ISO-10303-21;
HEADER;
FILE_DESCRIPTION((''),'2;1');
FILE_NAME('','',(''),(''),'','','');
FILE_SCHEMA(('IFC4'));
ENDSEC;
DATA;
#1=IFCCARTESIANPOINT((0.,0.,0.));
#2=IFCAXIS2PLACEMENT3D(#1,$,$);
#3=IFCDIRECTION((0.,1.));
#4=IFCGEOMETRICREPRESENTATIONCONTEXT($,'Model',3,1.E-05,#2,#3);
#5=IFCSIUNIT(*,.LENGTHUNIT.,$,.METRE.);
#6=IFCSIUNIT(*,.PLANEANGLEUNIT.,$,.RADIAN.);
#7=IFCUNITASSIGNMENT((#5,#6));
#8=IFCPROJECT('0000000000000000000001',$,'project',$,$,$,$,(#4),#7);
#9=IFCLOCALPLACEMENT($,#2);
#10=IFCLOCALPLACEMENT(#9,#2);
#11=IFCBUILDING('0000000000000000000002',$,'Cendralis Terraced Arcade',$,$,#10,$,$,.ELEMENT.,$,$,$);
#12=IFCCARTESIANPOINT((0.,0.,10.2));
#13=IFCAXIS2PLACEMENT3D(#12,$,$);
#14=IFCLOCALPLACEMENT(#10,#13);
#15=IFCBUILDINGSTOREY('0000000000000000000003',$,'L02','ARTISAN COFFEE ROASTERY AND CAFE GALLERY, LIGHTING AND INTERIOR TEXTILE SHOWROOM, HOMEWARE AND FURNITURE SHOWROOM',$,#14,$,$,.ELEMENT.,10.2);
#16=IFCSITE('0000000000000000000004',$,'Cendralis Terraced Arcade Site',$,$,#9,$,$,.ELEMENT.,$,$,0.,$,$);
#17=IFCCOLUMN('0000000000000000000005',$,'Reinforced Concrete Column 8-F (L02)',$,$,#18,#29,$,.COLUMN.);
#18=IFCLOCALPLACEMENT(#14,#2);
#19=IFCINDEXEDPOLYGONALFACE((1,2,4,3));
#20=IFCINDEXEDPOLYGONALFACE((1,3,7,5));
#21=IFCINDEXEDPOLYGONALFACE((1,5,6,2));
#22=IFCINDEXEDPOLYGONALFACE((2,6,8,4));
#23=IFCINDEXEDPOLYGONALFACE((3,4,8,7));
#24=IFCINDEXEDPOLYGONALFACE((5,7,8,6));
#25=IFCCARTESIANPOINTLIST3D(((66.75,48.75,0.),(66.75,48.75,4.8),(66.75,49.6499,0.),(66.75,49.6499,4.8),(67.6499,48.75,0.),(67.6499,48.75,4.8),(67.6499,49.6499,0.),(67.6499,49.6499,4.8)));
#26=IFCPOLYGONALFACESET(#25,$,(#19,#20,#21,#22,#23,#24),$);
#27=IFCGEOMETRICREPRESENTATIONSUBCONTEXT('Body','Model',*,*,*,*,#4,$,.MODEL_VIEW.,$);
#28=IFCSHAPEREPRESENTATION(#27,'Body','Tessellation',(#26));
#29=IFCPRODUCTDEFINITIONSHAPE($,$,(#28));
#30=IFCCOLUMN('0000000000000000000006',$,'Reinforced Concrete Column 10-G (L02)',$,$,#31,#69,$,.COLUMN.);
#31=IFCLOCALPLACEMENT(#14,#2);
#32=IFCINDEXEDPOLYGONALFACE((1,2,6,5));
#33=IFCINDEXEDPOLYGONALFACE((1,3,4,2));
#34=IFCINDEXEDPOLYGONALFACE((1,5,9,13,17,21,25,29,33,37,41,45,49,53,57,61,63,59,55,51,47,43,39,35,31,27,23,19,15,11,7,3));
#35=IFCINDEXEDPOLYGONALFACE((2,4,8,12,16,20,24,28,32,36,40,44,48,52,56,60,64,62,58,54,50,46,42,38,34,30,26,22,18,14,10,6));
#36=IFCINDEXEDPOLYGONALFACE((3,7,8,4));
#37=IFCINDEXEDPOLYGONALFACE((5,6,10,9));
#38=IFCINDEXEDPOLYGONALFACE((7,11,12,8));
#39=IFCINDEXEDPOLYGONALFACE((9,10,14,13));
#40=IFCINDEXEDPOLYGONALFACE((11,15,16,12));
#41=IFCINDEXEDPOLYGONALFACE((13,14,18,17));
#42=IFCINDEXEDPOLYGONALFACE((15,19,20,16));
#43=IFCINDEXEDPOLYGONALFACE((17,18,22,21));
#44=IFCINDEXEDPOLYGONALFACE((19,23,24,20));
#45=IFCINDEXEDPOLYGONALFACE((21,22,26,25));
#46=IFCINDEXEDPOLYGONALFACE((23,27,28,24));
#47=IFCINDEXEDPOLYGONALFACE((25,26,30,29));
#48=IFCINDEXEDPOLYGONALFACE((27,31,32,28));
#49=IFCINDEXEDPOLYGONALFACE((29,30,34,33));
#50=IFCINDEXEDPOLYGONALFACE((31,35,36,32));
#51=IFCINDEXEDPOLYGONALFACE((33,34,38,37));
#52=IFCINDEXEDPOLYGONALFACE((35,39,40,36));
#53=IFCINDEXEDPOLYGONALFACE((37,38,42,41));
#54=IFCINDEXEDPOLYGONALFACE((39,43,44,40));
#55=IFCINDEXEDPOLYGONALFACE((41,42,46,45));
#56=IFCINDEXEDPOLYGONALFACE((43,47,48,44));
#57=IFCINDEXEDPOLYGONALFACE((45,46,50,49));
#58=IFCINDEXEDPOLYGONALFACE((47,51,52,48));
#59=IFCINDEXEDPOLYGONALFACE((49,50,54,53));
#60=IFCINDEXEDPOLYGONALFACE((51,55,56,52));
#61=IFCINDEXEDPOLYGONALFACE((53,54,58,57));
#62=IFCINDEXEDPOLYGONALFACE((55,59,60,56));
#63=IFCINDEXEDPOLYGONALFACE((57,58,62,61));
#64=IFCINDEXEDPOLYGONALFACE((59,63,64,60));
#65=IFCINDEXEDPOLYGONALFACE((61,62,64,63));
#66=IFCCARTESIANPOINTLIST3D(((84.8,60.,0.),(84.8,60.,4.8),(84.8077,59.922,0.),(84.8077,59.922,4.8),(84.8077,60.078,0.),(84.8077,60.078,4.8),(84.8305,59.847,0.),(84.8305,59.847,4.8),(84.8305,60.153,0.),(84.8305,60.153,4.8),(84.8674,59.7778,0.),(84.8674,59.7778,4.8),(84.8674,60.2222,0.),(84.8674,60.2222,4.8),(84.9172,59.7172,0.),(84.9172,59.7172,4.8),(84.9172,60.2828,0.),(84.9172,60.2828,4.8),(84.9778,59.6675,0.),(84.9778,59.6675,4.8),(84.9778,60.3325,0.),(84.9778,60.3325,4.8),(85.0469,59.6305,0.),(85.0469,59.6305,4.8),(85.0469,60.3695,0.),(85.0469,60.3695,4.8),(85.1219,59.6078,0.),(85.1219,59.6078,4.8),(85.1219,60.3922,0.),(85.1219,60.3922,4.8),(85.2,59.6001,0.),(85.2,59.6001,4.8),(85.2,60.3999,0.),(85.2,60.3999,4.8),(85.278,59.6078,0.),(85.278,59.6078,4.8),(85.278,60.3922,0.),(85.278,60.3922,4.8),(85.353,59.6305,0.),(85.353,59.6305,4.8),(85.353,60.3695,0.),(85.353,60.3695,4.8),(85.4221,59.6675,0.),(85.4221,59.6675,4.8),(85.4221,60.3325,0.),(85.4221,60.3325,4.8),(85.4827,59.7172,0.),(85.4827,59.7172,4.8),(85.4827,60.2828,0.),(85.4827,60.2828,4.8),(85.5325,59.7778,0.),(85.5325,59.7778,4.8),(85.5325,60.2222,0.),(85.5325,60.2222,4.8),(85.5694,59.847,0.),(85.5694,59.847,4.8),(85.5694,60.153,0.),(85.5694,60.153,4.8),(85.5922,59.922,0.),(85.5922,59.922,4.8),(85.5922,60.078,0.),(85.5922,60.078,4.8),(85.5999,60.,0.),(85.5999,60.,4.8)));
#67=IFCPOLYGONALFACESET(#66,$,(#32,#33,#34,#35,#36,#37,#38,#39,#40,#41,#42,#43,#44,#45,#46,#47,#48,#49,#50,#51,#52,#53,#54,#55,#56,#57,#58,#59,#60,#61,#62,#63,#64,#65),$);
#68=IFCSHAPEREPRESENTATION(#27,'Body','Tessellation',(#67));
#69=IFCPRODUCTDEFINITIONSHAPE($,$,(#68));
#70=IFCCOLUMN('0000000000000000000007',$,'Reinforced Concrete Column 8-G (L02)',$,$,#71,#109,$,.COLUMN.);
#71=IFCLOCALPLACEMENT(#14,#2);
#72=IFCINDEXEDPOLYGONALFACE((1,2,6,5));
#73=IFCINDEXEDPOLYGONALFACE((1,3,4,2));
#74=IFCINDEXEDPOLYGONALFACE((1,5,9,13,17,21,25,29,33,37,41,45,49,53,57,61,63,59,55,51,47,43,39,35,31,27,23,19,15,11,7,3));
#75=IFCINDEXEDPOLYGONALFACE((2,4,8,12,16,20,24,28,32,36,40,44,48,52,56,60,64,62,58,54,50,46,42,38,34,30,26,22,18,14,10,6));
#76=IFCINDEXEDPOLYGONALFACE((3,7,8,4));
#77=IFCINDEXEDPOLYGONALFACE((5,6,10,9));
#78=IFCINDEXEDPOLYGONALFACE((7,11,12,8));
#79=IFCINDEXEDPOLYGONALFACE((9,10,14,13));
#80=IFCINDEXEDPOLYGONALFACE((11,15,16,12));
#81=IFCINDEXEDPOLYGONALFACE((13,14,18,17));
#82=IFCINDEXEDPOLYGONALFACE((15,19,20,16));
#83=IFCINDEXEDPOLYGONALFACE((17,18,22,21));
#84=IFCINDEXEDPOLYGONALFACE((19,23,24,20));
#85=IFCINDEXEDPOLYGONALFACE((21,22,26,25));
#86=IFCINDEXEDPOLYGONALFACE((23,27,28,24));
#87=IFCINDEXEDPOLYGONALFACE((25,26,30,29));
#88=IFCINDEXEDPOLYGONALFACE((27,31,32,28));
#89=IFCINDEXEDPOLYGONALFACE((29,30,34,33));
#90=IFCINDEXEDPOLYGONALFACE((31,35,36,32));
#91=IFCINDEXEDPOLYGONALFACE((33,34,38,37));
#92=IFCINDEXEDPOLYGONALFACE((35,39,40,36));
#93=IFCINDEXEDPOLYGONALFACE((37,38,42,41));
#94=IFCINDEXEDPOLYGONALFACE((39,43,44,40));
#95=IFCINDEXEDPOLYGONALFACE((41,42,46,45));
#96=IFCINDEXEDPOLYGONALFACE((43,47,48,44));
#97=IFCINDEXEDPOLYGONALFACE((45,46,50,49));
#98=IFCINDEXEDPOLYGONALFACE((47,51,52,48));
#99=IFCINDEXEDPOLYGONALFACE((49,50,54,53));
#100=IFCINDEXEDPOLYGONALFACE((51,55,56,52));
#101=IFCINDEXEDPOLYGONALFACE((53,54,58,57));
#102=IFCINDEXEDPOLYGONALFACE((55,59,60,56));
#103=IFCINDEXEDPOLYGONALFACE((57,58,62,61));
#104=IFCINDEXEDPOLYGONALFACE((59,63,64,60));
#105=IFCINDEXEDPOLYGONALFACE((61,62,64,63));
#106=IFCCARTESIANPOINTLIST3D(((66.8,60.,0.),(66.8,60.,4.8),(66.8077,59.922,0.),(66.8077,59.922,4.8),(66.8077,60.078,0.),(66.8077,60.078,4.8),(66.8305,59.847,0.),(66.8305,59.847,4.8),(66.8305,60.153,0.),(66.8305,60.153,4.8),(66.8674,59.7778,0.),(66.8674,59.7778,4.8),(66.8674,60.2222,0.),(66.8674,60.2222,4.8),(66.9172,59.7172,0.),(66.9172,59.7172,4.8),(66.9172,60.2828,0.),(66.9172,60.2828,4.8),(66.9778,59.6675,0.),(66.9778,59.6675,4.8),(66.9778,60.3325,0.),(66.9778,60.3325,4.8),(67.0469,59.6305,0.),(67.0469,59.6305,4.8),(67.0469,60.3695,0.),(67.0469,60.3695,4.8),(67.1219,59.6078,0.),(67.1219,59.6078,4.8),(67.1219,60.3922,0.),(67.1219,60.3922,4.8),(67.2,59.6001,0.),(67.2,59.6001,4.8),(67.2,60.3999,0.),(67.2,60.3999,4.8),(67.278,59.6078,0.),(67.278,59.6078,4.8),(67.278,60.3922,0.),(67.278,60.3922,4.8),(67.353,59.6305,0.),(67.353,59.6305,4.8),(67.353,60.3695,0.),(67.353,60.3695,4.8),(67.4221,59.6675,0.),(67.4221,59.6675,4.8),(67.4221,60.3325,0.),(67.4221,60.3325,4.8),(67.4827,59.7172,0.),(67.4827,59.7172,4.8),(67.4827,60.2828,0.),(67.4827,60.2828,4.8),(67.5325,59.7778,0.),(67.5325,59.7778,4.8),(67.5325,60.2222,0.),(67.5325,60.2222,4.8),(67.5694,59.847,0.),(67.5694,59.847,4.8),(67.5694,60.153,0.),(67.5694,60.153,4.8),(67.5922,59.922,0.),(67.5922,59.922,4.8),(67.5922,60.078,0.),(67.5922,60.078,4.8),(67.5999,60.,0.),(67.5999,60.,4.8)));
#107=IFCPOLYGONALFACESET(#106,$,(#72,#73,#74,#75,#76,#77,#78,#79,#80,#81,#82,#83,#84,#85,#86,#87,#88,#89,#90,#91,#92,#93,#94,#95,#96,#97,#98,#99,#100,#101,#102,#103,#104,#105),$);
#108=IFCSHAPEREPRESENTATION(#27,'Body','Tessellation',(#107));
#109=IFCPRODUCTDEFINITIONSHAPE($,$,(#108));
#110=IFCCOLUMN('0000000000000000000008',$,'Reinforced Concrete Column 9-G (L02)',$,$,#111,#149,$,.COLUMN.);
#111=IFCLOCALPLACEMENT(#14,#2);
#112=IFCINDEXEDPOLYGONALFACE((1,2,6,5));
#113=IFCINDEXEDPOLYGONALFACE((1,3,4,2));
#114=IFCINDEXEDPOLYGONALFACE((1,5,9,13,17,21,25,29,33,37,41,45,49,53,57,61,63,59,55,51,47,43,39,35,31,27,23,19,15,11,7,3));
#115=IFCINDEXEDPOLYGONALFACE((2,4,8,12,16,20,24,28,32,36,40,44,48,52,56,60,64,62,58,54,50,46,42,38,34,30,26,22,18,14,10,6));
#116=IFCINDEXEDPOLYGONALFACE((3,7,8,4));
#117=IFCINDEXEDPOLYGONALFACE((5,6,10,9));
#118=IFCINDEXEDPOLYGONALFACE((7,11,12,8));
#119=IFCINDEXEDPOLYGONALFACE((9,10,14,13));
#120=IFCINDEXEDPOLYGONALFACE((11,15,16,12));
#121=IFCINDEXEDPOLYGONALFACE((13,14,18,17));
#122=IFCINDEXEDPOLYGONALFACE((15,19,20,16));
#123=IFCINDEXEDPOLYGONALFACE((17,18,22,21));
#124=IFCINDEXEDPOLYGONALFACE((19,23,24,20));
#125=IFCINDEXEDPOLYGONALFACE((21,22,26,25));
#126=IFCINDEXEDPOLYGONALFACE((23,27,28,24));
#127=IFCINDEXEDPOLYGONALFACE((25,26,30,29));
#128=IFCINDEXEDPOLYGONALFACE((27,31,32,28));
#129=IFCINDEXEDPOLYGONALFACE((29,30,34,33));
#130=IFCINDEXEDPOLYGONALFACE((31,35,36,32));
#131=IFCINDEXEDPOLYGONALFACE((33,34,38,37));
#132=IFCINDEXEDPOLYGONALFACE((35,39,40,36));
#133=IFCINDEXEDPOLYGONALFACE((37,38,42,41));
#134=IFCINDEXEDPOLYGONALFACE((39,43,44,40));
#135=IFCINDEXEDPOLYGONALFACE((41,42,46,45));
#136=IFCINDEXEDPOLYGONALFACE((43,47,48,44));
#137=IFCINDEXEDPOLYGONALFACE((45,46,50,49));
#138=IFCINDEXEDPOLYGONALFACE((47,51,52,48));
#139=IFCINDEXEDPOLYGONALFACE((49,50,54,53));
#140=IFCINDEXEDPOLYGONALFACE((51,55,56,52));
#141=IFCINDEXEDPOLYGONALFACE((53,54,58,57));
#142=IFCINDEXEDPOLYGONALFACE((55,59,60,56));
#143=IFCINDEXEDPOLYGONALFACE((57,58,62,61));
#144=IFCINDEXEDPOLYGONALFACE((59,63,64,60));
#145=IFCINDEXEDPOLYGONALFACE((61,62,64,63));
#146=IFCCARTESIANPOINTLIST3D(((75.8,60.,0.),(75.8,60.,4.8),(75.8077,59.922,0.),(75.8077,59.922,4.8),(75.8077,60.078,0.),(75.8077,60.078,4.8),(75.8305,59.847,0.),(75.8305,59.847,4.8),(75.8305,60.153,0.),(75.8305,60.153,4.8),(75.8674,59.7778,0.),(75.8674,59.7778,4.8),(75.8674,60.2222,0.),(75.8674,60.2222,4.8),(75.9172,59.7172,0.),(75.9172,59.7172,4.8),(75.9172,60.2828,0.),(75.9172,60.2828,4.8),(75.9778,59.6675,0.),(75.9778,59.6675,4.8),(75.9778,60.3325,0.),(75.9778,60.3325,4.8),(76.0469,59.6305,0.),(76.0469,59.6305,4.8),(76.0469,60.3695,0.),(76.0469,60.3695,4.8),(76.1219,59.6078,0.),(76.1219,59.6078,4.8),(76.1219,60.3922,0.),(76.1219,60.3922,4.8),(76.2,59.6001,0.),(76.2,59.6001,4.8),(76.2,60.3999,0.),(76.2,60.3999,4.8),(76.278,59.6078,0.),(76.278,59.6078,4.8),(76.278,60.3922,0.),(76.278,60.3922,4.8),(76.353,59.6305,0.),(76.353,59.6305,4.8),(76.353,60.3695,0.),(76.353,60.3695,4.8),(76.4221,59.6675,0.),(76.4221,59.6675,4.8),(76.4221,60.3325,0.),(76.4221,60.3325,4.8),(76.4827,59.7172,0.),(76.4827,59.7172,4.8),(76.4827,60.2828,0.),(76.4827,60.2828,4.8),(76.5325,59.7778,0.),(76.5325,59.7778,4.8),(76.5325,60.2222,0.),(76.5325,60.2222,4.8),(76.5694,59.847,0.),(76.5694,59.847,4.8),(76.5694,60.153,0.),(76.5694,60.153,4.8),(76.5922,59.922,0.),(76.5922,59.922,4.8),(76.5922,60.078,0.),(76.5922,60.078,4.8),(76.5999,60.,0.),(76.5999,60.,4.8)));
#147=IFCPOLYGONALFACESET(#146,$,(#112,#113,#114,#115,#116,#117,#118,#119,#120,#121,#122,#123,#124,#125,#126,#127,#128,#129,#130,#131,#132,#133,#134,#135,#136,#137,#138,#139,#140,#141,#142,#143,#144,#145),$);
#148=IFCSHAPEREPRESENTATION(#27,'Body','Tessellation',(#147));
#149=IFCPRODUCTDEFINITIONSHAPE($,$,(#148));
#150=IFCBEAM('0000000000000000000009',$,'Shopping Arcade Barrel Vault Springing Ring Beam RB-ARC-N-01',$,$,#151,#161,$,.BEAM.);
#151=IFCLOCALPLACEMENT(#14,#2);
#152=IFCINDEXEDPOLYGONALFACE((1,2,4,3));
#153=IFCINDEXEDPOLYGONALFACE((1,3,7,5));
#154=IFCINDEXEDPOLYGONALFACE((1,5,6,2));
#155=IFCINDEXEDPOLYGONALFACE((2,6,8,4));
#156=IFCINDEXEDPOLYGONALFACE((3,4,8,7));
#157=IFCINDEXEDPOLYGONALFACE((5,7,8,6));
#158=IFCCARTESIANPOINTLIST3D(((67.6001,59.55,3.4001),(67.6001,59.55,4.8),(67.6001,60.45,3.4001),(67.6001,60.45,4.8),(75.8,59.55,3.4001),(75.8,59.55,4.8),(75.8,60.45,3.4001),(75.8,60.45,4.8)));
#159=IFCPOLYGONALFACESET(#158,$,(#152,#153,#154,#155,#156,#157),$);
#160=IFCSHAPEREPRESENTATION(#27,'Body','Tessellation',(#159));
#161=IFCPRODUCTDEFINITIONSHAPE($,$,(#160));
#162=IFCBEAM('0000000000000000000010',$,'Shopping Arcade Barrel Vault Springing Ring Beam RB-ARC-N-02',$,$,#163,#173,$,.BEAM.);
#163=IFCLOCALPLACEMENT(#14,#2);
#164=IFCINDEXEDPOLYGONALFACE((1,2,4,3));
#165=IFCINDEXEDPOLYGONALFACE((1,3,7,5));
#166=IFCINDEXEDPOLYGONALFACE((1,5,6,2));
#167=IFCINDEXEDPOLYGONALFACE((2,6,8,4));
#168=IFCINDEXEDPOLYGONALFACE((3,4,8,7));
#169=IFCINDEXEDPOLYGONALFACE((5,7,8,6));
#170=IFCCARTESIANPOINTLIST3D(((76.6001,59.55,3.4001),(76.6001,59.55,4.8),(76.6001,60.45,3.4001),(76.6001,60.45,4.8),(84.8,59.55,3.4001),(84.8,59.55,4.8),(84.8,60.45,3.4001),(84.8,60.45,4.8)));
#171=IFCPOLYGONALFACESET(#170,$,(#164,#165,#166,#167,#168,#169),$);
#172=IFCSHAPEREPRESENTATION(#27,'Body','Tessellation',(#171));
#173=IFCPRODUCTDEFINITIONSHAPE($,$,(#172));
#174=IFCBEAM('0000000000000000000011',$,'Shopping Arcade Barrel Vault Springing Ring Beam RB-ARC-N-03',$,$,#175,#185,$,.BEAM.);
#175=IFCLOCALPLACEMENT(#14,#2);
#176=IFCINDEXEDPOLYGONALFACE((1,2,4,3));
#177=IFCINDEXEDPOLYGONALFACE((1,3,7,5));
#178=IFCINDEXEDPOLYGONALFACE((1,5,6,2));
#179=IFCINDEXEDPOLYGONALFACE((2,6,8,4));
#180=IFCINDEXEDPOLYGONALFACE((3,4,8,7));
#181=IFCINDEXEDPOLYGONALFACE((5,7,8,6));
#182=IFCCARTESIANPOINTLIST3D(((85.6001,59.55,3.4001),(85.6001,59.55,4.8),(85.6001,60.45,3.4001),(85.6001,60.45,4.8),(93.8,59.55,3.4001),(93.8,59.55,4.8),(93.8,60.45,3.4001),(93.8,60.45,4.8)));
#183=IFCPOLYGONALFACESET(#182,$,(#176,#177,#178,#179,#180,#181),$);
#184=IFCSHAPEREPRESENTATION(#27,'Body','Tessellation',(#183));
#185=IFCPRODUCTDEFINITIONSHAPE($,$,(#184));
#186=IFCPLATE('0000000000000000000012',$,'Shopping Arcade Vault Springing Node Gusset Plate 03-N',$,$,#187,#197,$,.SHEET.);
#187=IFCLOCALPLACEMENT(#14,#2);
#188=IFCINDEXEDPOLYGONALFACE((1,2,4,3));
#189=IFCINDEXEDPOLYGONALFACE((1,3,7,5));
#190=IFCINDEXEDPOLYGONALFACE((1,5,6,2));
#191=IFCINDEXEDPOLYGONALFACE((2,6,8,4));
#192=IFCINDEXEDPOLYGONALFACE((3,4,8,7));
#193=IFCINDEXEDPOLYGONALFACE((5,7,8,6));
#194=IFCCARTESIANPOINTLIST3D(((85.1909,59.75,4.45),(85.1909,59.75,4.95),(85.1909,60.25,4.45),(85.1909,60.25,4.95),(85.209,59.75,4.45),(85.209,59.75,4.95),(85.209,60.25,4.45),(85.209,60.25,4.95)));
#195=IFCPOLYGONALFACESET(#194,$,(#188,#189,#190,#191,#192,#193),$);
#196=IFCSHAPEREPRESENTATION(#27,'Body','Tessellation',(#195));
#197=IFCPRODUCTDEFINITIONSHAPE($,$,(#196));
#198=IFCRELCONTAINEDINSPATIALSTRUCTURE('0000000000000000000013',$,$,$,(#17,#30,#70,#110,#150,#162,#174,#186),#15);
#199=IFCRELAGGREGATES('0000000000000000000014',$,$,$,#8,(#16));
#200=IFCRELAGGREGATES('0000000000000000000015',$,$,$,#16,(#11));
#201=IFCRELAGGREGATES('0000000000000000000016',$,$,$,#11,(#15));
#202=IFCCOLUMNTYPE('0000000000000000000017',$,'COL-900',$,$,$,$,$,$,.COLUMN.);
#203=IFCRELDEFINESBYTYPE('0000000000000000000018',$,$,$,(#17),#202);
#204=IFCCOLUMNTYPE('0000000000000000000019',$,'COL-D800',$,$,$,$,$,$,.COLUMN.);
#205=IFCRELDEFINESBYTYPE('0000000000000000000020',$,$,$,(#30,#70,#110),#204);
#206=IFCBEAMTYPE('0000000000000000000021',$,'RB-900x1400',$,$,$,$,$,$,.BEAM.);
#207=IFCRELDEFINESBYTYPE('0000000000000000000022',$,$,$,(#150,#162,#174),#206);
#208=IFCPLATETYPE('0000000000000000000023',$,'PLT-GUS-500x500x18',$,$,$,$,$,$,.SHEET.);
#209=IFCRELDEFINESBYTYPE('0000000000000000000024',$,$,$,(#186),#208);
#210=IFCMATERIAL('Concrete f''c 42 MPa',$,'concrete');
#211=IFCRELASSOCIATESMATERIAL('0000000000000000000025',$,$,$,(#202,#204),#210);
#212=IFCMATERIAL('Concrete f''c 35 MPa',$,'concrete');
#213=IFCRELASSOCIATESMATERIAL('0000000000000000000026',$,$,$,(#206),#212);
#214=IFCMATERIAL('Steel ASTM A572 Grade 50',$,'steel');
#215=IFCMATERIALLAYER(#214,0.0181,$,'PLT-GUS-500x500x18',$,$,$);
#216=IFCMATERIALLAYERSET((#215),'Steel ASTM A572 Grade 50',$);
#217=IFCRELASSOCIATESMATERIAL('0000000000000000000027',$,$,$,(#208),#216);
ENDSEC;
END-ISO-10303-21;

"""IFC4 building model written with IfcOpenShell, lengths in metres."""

from ifc_helpers import new_model, si_unit, direction, frame, origin, origin_2d, place, context, subcontext, project, spatial, rectangle, circle, extrude, material, layer, layer_set, material_profile, profile_set, type_object, element, save


model = new_model("IFC4")

# Units and contexts
model_context = context("Model", 3, precision=1e-05, world=origin(), true_north=direction((0.0, 1.0)))
body_context = subcontext(model_context, "Body", "Model", "MODEL_VIEW")
ifc_project = project(units=[si_unit("LENGTHUNIT", "METRE"), si_unit("PLANEANGLEUNIT", "RADIAN")], contexts=[model_context])

# Site, building, storey
site_placement = place(None, origin())
site = spatial("IfcSite", under=ifc_project, at=site_placement, Name="Cendralis Terraced Arcade Site", CompositionType="ELEMENT", RefElevation=0.0)
building_placement = place(site_placement, origin())
building = spatial("IfcBuilding", under=site, at=building_placement, Name="Cendralis Terraced Arcade", CompositionType="ELEMENT")
storey_placement = place(building_placement, frame((0.0, 0.0, 10.2)))
storey = spatial("IfcBuildingStorey", under=building, at=storey_placement, Name="L02", Description="ARTISAN COFFEE ROASTERY AND CAFE GALLERY, LIGHTING AND INTERIOR TEXTILE SHOWROOM, HOMEWARE AND FURNITURE SHOWROOM", CompositionType="ELEMENT", Elevation=10.2)

# Columns
ifc_material_1 = material(Name="Concrete f'c 42 MPa", Category="concrete")
ifc_material_profile_1 = material_profile(ifc_material_1, rectangle(XDim=0.8999, YDim=0.8999, at=origin_2d()), Name="RC-COL-900x900", Category="LoadBearing")
ifc_profile_set_1 = profile_set([ifc_material_profile_1], Name="Concrete f'c 42 MPa")
column_type_1 = type_object("IfcColumnType", Name="COL-900", PredefinedType="COLUMN", material=ifc_profile_set_1)
column_placement = place(storey_placement, frame((67.2, 49.2, 0.0), z_axis=(0.0, 0.0, 1.0), x_axis=(1.0, 0.0, 0.0)))
element("IfcColumn", 1, at=column_placement, inside=storey, type_object=column_type_1, Name="Reinforced Concrete Column 8-F (L02)", PredefinedType="COLUMN", context=body_context, shape_type="SweptSolid", body=[
    extrude(rectangle(XDim=0.8999, YDim=0.8999, at=origin_2d()), origin(), (0.0, 0.0, 1.0), 4.8),
])
ifc_material_profile_2 = material_profile(ifc_material_1, circle(Radius=0.3999, at=origin_2d()), Name="RC-COL-D800", Category="LoadBearing")
ifc_profile_set_2 = profile_set([ifc_material_profile_2], Name="Concrete f'c 42 MPa")
column_type_2 = type_object("IfcColumnType", Name="COL-D800", PredefinedType="COLUMN", material=ifc_profile_set_2)
for number, where, z_axis, x_axis, name in (
    (2, (85.2, 60.0, 0.0), (0.0, 0.0, 1.0), (1.0, 0.0, 0.0), "Reinforced Concrete Column 10-G (L02)"),
    (3, (67.2, 60.0, 0.0), (0.0, 0.0, 1.0), (1.0, 0.0, 0.0), "Reinforced Concrete Column 8-G (L02)"),
    (4, (76.2, 60.0, 0.0), (0.0, 0.0, 1.0), (1.0, 0.0, 0.0), "Reinforced Concrete Column 9-G (L02)"),
):
    element("IfcColumn", number, at=place(storey_placement, frame(where, z_axis=z_axis, x_axis=x_axis)), inside=storey, type_object=column_type_2, Name=name, PredefinedType="COLUMN", context=body_context, shape_type="SweptSolid", body=[
        extrude(circle(Radius=0.3999, at=origin_2d()), origin(), (0.0, 0.0, 1.0), 4.8),
    ])

# Beams
ifc_material_2 = material(Name="Concrete f'c 35 MPa", Category="concrete")
ifc_material_profile_3 = material_profile(ifc_material_2, rectangle(XDim=0.8999, YDim=1.3999, at=origin_2d()), Name="RC-RB-900x1400", Category="LoadBearing")
ifc_profile_set_3 = profile_set([ifc_material_profile_3], Name="Concrete f'c 35 MPa")
beam_type = type_object("IfcBeamType", Name="RB-900x1400", PredefinedType="BEAM", material=ifc_profile_set_3)
for number, where, z_axis, x_axis, name in (
    (5, (67.6001, 60.0, 4.1001), (1.0, 0.0, 0.0), (0.0, 1.0, 0.0), "Shopping Arcade Barrel Vault Springing Ring Beam RB-ARC-N-01"),
    (6, (76.6001, 60.0, 4.1001), (1.0, 0.0, 0.0), (0.0, 1.0, 0.0), "Shopping Arcade Barrel Vault Springing Ring Beam RB-ARC-N-02"),
    (7, (85.6001, 60.0, 4.1001), (1.0, 0.0, 0.0), (0.0, 1.0, 0.0), "Shopping Arcade Barrel Vault Springing Ring Beam RB-ARC-N-03"),
):
    element("IfcBeam", number, at=place(storey_placement, frame(where, z_axis=z_axis, x_axis=x_axis)), inside=storey, type_object=beam_type, Name=name, PredefinedType="BEAM", context=body_context, shape_type="SweptSolid", body=[
        extrude(rectangle(XDim=0.8999, YDim=1.3999, at=origin_2d()), origin(), (0.0, 0.0, 1.0), 8.2),
    ])

# Plate
ifc_material_3 = material(Name="Steel ASTM A572 Grade 50", Category="steel")
ifc_layer_1 = layer(ifc_material_3, 0.0181, Name="PLT-GUS-500x500x18")
ifc_layer_set_1 = layer_set([ifc_layer_1], Name="Steel ASTM A572 Grade 50")
plate_type_1 = type_object("IfcPlateType", Name="PLT-GUS-500x500x18", PredefinedType="SHEET", material=ifc_layer_set_1)
plate_1_placement = place(storey_placement, frame((85.2, 60.0, 4.45), z_axis=(0.0, 0.0, 1.0), x_axis=(0.0, 1.0, 0.0)))
element("IfcPlate", 8, at=plate_1_placement, inside=storey, type_object=plate_type_1, Name="Shopping Arcade Vault Springing Node Gusset Plate 03-N", PredefinedType="SHEET", context=body_context, shape_type="SweptSolid", body=[
    extrude(rectangle(XDim=0.5, YDim=0.0181, at=origin_2d()), origin(), (0.0, 0.0, 1.0), 0.5),
])

save(model, "model.ifc")
